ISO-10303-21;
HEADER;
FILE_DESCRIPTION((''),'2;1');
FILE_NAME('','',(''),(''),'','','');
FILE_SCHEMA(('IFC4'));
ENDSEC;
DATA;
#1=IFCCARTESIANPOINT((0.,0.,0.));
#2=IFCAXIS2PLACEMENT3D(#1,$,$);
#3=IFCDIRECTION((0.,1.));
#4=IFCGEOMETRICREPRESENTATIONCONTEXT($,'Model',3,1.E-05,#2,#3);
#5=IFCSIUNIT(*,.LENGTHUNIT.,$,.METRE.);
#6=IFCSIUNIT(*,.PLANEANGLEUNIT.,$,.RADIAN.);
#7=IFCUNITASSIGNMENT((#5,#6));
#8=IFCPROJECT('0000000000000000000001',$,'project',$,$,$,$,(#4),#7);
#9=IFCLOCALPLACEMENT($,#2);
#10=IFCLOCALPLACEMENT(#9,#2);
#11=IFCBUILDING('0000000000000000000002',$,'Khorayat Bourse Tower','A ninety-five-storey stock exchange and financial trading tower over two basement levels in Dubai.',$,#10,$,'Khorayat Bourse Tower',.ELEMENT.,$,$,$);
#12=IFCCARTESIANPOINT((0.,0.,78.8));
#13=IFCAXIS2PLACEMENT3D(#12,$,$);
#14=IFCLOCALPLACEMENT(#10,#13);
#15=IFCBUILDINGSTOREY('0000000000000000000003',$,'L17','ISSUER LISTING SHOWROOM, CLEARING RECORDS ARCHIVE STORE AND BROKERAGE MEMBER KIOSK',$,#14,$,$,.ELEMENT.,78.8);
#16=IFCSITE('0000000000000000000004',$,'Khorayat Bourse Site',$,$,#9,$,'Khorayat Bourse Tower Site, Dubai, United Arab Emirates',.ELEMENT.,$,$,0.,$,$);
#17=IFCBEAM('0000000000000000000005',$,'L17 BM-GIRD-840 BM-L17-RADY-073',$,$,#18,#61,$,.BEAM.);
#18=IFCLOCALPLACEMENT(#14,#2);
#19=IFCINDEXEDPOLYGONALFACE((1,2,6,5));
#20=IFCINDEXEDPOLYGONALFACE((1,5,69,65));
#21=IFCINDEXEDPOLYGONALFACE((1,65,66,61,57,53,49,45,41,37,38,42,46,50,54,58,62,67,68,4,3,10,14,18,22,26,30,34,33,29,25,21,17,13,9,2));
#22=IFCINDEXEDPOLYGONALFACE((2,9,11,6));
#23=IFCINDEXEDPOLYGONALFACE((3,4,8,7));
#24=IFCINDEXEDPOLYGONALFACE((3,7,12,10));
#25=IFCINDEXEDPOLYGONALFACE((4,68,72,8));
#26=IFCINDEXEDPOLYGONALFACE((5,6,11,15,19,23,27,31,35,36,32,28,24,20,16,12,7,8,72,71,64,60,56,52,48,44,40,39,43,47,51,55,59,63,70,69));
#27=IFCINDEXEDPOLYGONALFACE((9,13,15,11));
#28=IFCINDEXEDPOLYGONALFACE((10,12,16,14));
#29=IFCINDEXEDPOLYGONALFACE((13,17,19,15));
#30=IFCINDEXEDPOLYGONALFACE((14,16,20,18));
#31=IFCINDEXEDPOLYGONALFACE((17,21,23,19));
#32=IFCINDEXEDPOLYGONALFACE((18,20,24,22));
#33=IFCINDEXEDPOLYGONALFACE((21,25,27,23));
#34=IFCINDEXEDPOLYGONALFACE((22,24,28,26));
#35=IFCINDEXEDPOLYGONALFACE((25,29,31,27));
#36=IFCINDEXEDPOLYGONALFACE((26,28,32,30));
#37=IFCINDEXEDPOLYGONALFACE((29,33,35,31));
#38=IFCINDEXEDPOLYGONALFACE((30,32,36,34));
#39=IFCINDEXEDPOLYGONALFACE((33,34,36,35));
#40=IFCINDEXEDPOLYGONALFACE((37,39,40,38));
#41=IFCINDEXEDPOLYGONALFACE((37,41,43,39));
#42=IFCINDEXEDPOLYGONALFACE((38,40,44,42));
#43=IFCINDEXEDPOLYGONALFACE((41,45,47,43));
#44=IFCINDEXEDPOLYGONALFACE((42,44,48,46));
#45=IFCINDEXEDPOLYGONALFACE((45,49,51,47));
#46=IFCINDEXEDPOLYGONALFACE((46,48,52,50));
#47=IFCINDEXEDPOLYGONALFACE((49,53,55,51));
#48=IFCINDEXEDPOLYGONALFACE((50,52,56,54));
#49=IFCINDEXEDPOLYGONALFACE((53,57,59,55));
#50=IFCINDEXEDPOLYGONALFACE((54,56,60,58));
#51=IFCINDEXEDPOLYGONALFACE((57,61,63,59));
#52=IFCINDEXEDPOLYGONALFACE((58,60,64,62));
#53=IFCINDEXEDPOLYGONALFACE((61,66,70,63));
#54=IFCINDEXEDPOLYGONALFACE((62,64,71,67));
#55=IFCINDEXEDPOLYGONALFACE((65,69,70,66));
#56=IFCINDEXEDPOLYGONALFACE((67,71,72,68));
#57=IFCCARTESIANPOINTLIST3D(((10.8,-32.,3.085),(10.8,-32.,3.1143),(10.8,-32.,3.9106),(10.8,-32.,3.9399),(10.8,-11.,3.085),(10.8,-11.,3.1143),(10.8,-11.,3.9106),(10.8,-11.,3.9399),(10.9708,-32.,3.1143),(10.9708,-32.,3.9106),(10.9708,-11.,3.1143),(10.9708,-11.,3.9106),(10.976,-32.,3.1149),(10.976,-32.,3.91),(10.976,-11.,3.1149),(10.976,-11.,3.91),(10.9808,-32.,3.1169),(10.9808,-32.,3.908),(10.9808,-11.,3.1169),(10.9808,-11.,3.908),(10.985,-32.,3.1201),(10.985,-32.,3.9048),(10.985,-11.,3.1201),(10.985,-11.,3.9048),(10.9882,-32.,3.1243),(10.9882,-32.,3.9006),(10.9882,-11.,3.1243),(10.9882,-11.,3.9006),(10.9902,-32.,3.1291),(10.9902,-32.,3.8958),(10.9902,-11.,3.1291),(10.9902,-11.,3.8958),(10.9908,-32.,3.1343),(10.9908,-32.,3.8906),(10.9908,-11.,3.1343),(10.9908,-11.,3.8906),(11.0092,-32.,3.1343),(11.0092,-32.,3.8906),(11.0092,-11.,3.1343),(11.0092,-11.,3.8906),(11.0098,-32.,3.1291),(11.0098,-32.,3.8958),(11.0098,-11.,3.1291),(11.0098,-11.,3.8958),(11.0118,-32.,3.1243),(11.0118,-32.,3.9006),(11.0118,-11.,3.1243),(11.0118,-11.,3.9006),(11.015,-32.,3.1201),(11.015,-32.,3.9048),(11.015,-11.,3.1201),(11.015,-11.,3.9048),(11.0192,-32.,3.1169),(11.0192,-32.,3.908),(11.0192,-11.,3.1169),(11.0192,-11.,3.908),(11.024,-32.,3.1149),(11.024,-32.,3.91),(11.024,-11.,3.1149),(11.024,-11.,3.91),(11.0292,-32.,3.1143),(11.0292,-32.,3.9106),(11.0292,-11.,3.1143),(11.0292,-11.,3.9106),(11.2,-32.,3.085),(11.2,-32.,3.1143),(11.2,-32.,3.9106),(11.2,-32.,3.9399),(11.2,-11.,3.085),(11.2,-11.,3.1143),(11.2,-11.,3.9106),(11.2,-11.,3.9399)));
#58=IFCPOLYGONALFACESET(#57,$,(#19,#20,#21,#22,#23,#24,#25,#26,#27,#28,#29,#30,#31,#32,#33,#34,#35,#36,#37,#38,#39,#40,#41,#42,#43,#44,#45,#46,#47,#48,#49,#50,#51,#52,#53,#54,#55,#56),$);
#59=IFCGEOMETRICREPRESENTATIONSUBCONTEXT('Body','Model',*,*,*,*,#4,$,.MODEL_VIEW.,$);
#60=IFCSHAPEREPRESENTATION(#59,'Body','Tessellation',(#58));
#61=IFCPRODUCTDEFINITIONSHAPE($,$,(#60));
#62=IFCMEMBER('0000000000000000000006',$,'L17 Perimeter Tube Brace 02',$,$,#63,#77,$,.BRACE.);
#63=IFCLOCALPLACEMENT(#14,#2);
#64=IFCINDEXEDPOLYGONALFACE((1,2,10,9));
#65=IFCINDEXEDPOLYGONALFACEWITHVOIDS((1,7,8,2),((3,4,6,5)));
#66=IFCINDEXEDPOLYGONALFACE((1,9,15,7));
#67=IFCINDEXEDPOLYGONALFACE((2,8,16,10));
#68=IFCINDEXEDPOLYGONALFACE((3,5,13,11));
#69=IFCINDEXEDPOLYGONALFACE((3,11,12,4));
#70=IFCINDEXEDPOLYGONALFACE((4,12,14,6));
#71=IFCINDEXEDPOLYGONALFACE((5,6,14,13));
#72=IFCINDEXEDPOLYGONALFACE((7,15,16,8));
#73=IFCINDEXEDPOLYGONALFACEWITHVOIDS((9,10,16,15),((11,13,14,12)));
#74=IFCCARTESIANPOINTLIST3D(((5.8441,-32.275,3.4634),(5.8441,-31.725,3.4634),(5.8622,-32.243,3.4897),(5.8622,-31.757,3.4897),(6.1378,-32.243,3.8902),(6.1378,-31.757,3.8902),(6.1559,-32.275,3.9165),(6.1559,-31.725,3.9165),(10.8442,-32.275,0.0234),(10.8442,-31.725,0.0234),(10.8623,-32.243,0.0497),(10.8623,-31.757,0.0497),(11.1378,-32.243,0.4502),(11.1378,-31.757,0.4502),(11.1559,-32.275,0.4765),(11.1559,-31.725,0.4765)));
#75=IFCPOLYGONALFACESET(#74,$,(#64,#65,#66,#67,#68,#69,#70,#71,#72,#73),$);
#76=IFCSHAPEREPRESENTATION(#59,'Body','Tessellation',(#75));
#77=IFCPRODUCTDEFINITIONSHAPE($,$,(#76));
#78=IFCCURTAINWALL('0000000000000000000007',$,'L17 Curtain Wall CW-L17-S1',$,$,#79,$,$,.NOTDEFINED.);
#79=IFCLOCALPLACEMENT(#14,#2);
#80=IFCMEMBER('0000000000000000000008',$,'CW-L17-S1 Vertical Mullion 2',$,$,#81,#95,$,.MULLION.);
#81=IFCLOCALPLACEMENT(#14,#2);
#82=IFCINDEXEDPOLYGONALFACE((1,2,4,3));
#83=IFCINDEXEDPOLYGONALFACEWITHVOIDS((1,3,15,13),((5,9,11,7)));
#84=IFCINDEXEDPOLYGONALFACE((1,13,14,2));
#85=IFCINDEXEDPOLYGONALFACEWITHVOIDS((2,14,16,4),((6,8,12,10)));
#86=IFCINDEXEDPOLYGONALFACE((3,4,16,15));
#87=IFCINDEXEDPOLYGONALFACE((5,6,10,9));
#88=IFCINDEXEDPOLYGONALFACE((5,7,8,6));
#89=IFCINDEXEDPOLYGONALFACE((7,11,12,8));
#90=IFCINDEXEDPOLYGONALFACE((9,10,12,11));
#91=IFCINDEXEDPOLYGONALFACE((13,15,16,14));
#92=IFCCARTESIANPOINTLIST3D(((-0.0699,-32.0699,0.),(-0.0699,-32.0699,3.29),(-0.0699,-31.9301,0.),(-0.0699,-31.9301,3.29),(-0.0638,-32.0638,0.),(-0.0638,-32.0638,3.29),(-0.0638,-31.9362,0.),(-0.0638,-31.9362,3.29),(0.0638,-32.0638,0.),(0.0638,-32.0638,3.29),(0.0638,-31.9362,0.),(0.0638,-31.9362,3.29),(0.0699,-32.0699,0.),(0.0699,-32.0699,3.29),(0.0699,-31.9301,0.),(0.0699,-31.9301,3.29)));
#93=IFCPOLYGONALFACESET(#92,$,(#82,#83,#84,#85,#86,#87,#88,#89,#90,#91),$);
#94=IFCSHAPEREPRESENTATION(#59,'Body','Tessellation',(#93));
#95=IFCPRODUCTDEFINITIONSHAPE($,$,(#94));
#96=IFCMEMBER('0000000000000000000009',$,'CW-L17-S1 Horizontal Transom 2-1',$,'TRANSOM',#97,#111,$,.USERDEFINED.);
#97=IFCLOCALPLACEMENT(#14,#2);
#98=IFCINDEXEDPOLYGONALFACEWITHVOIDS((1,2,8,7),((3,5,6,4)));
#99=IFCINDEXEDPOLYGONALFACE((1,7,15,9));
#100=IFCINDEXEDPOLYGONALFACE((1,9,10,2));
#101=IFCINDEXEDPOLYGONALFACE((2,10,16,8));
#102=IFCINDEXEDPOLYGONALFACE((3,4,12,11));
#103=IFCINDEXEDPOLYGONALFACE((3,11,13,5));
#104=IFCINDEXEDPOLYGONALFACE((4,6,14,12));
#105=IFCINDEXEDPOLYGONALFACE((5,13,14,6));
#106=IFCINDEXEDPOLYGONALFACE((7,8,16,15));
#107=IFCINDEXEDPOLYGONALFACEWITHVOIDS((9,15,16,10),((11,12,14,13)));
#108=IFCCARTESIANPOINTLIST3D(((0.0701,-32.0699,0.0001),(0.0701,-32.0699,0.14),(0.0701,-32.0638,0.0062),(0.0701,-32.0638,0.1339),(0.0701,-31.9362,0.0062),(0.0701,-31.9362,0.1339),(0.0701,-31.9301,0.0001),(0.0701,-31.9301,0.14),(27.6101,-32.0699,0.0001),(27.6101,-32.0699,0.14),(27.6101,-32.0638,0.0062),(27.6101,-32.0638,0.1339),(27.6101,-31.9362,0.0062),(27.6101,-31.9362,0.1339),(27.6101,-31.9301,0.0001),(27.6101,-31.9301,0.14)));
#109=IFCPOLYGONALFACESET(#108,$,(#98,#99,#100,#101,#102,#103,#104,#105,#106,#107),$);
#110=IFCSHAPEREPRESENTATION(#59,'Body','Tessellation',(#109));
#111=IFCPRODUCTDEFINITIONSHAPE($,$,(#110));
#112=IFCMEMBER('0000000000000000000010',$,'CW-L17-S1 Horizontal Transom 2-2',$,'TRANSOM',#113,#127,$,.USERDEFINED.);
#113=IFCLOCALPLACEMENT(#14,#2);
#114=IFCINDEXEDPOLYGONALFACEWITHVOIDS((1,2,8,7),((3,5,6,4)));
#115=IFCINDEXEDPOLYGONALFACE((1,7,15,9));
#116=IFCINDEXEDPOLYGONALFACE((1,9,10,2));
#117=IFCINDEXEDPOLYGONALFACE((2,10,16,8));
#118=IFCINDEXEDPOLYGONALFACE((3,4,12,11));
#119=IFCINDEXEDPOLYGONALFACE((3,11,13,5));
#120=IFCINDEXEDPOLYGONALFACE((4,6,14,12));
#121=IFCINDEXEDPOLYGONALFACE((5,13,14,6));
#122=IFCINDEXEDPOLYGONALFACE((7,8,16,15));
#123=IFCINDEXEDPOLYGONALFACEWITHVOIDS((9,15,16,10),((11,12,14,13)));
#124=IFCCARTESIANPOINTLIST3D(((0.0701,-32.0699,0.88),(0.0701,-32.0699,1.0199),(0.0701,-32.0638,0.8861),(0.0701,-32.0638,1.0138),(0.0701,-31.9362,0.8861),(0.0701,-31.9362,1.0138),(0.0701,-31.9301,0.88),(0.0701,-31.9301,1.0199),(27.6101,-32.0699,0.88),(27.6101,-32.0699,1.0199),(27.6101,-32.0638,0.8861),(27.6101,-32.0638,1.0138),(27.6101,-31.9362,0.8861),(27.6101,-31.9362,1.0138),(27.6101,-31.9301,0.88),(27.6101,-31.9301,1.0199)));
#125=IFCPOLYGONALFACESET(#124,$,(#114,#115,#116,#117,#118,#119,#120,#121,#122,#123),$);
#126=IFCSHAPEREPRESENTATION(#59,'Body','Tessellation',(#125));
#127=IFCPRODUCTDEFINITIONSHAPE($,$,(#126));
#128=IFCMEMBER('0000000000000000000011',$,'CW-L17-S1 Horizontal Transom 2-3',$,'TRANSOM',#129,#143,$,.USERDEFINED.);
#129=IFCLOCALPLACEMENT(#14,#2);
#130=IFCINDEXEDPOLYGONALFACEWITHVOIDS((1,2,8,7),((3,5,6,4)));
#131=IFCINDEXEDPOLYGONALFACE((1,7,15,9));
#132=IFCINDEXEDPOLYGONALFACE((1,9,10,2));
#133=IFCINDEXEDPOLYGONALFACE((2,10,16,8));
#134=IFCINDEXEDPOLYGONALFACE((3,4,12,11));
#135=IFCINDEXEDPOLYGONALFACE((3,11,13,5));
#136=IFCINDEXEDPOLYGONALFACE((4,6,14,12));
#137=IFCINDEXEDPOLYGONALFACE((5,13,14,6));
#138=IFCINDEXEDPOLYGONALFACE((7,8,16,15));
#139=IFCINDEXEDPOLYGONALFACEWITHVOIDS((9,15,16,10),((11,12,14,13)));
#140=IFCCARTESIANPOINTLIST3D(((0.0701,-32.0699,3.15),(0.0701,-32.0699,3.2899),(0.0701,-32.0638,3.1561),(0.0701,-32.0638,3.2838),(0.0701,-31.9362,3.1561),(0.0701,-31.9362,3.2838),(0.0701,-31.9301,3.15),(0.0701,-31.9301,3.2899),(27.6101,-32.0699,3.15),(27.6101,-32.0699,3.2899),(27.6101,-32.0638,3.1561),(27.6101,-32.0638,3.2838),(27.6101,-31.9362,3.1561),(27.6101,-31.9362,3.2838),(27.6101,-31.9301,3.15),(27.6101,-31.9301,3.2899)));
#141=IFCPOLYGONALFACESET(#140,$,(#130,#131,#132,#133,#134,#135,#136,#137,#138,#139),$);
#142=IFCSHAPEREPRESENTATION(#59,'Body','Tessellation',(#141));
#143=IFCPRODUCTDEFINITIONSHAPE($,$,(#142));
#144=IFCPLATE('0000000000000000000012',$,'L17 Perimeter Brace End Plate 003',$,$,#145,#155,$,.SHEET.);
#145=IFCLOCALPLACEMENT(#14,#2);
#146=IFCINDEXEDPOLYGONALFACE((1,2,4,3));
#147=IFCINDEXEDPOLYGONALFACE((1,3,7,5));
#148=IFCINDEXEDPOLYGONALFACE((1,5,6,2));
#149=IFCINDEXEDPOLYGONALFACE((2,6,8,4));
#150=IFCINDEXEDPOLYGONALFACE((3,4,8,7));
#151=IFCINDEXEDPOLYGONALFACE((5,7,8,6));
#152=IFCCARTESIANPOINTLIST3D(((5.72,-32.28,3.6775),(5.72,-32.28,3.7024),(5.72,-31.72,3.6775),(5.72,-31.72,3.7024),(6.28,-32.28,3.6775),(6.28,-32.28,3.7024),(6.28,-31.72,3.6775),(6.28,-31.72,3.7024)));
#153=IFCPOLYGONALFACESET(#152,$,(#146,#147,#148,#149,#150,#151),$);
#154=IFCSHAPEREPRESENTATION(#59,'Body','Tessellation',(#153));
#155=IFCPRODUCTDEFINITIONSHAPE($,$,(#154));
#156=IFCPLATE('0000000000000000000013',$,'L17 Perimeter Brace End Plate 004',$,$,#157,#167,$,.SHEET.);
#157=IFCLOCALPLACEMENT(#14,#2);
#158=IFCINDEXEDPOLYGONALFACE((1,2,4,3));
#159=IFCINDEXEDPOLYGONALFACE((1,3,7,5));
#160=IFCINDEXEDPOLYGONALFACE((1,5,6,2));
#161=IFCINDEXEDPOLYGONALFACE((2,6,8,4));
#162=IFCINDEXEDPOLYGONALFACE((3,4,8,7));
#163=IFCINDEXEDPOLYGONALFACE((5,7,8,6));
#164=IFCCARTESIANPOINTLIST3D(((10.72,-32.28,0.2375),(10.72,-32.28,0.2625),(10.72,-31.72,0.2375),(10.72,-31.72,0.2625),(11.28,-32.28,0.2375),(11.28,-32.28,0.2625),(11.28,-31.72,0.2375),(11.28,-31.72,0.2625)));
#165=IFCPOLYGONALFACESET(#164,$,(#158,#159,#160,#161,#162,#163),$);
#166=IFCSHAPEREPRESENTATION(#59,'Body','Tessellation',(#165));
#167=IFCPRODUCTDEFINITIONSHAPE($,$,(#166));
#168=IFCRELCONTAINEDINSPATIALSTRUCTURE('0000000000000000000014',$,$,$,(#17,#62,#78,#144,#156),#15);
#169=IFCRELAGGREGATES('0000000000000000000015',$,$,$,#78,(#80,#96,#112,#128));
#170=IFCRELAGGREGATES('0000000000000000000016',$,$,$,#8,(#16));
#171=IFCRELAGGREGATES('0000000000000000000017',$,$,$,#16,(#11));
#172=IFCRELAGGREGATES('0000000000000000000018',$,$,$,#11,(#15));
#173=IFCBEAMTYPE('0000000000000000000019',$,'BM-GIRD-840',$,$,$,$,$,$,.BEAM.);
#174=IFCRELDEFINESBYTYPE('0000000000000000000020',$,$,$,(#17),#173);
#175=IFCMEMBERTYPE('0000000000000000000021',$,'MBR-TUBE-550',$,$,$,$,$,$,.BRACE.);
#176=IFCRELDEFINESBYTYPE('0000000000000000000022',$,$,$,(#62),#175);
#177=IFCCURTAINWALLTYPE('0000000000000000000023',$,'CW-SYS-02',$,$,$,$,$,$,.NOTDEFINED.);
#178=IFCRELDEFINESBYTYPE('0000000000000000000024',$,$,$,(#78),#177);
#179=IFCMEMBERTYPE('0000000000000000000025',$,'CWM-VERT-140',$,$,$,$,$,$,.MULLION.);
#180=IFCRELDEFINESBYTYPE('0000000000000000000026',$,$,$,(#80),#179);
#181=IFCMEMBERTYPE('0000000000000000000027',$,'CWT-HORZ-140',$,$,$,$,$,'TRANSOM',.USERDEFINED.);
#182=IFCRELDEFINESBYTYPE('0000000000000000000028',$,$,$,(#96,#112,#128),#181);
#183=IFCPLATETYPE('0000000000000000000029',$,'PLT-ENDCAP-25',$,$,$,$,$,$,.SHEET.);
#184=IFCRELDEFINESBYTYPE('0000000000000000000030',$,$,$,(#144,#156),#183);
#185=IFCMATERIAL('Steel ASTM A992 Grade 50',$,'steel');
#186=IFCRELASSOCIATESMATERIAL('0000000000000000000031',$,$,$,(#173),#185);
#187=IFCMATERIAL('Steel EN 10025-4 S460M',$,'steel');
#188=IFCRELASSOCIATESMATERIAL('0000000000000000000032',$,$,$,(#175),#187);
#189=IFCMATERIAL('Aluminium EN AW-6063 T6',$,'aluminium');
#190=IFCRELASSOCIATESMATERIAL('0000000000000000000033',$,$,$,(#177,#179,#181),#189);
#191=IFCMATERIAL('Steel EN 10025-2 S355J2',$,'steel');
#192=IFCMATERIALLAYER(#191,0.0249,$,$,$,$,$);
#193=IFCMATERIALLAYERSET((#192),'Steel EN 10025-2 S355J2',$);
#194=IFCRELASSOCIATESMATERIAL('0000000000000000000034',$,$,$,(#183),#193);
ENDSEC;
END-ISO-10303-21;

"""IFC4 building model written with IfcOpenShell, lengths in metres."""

from ifc_helpers import new_model, si_unit, direction, frame, origin, origin_2d, place, context, subcontext, project, spatial, rectangle, hollow_rectangle, i_section, extrude, source, transform, mapped, material, layer, layer_set, material_profile, profile_set, type_object, element, aggregate, save


model = new_model("IFC4")

# Units and contexts
model_context = context("Model", 3, precision=1e-05, world=origin(), true_north=direction((0.0, 1.0)))
body_context = subcontext(model_context, "Body", "Model", "MODEL_VIEW")
ifc_project = project(units=[si_unit("LENGTHUNIT", "METRE"), si_unit("PLANEANGLEUNIT", "RADIAN")], contexts=[model_context])

# Site, building, storey
site_placement = place(None, origin())
site = spatial("IfcSite", under=ifc_project, at=site_placement, Name="Khorayat Bourse Site", LongName="Khorayat Bourse Tower Site, Dubai, United Arab Emirates", CompositionType="ELEMENT", RefElevation=0.0)
building_placement = place(site_placement, origin())
building = spatial("IfcBuilding", under=site, at=building_placement, Name="Khorayat Bourse Tower", Description="A ninety-five-storey stock exchange and financial trading tower over two basement levels in Dubai.", LongName="Khorayat Bourse Tower", CompositionType="ELEMENT")
storey_placement = place(building_placement, frame((0.0, 0.0, 78.8)))
storey = spatial("IfcBuildingStorey", under=building, at=storey_placement, Name="L17", Description="ISSUER LISTING SHOWROOM, CLEARING RECORDS ARCHIVE STORE AND BROKERAGE MEMBER KIOSK", CompositionType="ELEMENT", Elevation=78.8)

# Shared definitions
ifc_material_1 = material(Name="Steel EN 10025-4 S460M", Category="steel")

# Beam
ifc_material_2 = material(Name="Steel ASTM A992 Grade 50", Category="steel")
ifc_material_profile_1 = material_profile(ifc_material_2, i_section(OverallWidth=0.3999, OverallDepth=0.855, WebThickness=0.0183, FlangeThickness=0.0293, FilletRadius=0.02, at=origin_2d()), Name="W840X299")
ifc_profile_set_1 = profile_set([ifc_material_profile_1], Name="Steel ASTM A992 Grade 50")
beam_type_1 = type_object("IfcBeamType", Name="BM-GIRD-840", PredefinedType="BEAM", material=ifc_profile_set_1)
shared_shape_1 = source(origin(), body_context, "Body", "SweptSolid", [
    extrude(i_section(OverallWidth=0.3999, OverallDepth=0.855, WebThickness=0.0183, FlangeThickness=0.0293, FilletRadius=0.02, at=origin_2d()), origin(), (0.0, 0.0, 1.0), 21.0),
])
for number, where, z_axis, x_axis, name in (
    (1, (11.0, -32.0, 3.5125), (0.0, 1.0, 0.0), (-1.0, 0.0, 0.0), "L17 BM-GIRD-840 BM-L17-RADY-073"),
):
    element("IfcBeam", number, at=place(storey_placement, frame(where, z_axis=z_axis, x_axis=x_axis)), inside=storey, type_object=beam_type_1, Name=name, PredefinedType="BEAM", context=body_context, shape_type="MappedRepresentation", body=[
        mapped(shared_shape_1, transform((0.0, 0.0, 0.0), scale=1.0)),
    ])

# Member
ifc_material_profile_2 = material_profile(ifc_material_1, hollow_rectangle(XDim=0.55, YDim=0.55, WallThickness=0.032, at=origin_2d()), Name="HSS 550x550x32")
ifc_profile_set_2 = profile_set([ifc_material_profile_2], Name="Steel EN 10025-4 S460M")
member_type_1 = type_object("IfcMemberType", Name="MBR-TUBE-550", PredefinedType="BRACE", material=ifc_profile_set_2)
shared_shape_2 = source(origin(), body_context, "Body", "SweptSolid", [
    extrude(hollow_rectangle(XDim=0.55, YDim=0.55, WallThickness=0.032, at=origin_2d()), origin(), (0.0, 0.0, 1.0), 6.0691),
])
member_1_placement = place(storey_placement, frame((6.0, -32.0, 3.6899), z_axis=(0.823854, 0.0, -0.566802), x_axis=(0.0, 1.0, 0.0)))
element("IfcMember", 2, at=member_1_placement, inside=storey, type_object=member_type_1, Name="L17 Perimeter Tube Brace 02", PredefinedType="BRACE", context=body_context, shape_type="MappedRepresentation", body=[
    mapped(shared_shape_2, transform((0.0, 0.0, 0.0), scale=1.0)),
])

# Curtain wall, members
ifc_material_3 = material(Name="Aluminium EN AW-6063 T6", Category="aluminium")
curtain_wall_type = type_object("IfcCurtainWallType", Name="CW-SYS-02", PredefinedType="NOTDEFINED", material=ifc_material_3)
curtain_wall_placement = place(storey_placement, origin())
curtain_wall = element("IfcCurtainWall", 3, at=curtain_wall_placement, inside=storey, type_object=curtain_wall_type, Name="L17 Curtain Wall CW-L17-S1", PredefinedType="NOTDEFINED")
ifc_material_profile_3 = material_profile(ifc_material_3, hollow_rectangle(XDim=0.1399, YDim=0.1399, WallThickness=0.0061, at=origin_2d()), Name="ALU 140x140x6")
ifc_profile_set_3 = profile_set([ifc_material_profile_3], Name="Aluminium EN AW-6063 T6")
member_type_2 = type_object("IfcMemberType", Name="CWM-VERT-140", PredefinedType="MULLION", material=ifc_profile_set_3)
shared_shape_3 = source(origin(), body_context, "Body", "SweptSolid", [
    extrude(hollow_rectangle(XDim=0.1399, YDim=0.1399, WallThickness=0.0061, at=origin_2d()), origin(), (0.0, 0.0, 1.0), 3.29),
])
member_2_placement = place(storey_placement, frame((0.0, -32.0, 0.0), z_axis=(0.0, 0.0, 1.0), x_axis=(0.0, 1.0, 0.0)))
member_2 = element("IfcMember", 4, at=member_2_placement, type_object=member_type_2, Name="CW-L17-S1 Vertical Mullion 2", PredefinedType="MULLION", context=body_context, shape_type="MappedRepresentation", body=[
    mapped(shared_shape_3, transform((0.0, 0.0, 0.0), scale=1.0)),
])
ifc_material_profile_4 = material_profile(ifc_material_3, hollow_rectangle(XDim=0.1399, YDim=0.1399, WallThickness=0.0061, at=origin_2d()), Name="ALU 140x140x6")
ifc_profile_set_4 = profile_set([ifc_material_profile_4], Name="Aluminium EN AW-6063 T6")
member_type_3 = type_object("IfcMemberType", Name="CWT-HORZ-140", ElementType="TRANSOM", PredefinedType="USERDEFINED", material=ifc_profile_set_4)
shared_shape_4 = source(origin(), body_context, "Body", "SweptSolid", [
    extrude(hollow_rectangle(XDim=0.1399, YDim=0.1399, WallThickness=0.0061, at=origin_2d()), origin(), (0.0, 0.0, 1.0), 27.54),
])
member_3_placement = place(storey_placement, frame((0.0701, -32.0, 0.0701), z_axis=(1.0, 0.0, 0.0), x_axis=(0.0, 1.0, 0.0)))
member_3 = element("IfcMember", 5, at=member_3_placement, type_object=member_type_3, Name="CW-L17-S1 Horizontal Transom 2-1", ObjectType="TRANSOM", PredefinedType="USERDEFINED", context=body_context, shape_type="MappedRepresentation", body=[
    mapped(shared_shape_4, transform((0.0, 0.0, 0.0), scale=1.0)),
])
member_4_placement = place(storey_placement, frame((0.0701, -32.0, 0.95), z_axis=(1.0, 0.0, 0.0), x_axis=(0.0, 1.0, 0.0)))
member_4 = element("IfcMember", 6, at=member_4_placement, type_object=member_type_3, Name="CW-L17-S1 Horizontal Transom 2-2", ObjectType="TRANSOM", PredefinedType="USERDEFINED", context=body_context, shape_type="MappedRepresentation", body=[
    mapped(shared_shape_4, transform((0.0, 0.0, 0.0), scale=1.0)),
])
member_5_placement = place(storey_placement, frame((0.0701, -32.0, 3.22), z_axis=(1.0, 0.0, 0.0), x_axis=(0.0, 1.0, 0.0)))
member_5 = element("IfcMember", 7, at=member_5_placement, type_object=member_type_3, Name="CW-L17-S1 Horizontal Transom 2-3", ObjectType="TRANSOM", PredefinedType="USERDEFINED", context=body_context, shape_type="MappedRepresentation", body=[
    mapped(shared_shape_4, transform((0.0, 0.0, 0.0), scale=1.0)),
])
aggregate(curtain_wall, [member_2, member_3, member_4, member_5])

# Plates
ifc_material_4 = material(Name="Steel EN 10025-2 S355J2", Category="steel")
ifc_layer_1 = layer(ifc_material_4, 0.0249)
ifc_layer_set_1 = layer_set([ifc_layer_1], Name="Steel EN 10025-2 S355J2")
plate_type = type_object("IfcPlateType", Name="PLT-ENDCAP-25", PredefinedType="SHEET", material=ifc_layer_set_1)
shared_shape_5 = source(origin(), body_context, "Body", "SweptSolid", [
    extrude(rectangle(XDim=0.5601, YDim=0.5601, at=origin_2d()), origin(), (0.0, 0.0, 1.0), 0.0249),
])
for number, where, z_axis, x_axis, name in (
    (8, (6.0, -32.0, 3.6775), (0.0, 0.0, 1.0), (1.0, 0.0, 0.0), "L17 Perimeter Brace End Plate 003"),
    (9, (11.0, -32.0, 0.2375), (0.0, 0.0, 1.0), (1.0, 0.0, 0.0), "L17 Perimeter Brace End Plate 004"),
):
    element("IfcPlate", number, at=place(storey_placement, frame(where, z_axis=z_axis, x_axis=x_axis)), inside=storey, type_object=plate_type, Name=name, PredefinedType="SHEET", context=body_context, shape_type="MappedRepresentation", body=[
        mapped(shared_shape_5, transform((0.0, 0.0, 0.0), scale=1.0)),
    ])

save(model, "model.ifc")
